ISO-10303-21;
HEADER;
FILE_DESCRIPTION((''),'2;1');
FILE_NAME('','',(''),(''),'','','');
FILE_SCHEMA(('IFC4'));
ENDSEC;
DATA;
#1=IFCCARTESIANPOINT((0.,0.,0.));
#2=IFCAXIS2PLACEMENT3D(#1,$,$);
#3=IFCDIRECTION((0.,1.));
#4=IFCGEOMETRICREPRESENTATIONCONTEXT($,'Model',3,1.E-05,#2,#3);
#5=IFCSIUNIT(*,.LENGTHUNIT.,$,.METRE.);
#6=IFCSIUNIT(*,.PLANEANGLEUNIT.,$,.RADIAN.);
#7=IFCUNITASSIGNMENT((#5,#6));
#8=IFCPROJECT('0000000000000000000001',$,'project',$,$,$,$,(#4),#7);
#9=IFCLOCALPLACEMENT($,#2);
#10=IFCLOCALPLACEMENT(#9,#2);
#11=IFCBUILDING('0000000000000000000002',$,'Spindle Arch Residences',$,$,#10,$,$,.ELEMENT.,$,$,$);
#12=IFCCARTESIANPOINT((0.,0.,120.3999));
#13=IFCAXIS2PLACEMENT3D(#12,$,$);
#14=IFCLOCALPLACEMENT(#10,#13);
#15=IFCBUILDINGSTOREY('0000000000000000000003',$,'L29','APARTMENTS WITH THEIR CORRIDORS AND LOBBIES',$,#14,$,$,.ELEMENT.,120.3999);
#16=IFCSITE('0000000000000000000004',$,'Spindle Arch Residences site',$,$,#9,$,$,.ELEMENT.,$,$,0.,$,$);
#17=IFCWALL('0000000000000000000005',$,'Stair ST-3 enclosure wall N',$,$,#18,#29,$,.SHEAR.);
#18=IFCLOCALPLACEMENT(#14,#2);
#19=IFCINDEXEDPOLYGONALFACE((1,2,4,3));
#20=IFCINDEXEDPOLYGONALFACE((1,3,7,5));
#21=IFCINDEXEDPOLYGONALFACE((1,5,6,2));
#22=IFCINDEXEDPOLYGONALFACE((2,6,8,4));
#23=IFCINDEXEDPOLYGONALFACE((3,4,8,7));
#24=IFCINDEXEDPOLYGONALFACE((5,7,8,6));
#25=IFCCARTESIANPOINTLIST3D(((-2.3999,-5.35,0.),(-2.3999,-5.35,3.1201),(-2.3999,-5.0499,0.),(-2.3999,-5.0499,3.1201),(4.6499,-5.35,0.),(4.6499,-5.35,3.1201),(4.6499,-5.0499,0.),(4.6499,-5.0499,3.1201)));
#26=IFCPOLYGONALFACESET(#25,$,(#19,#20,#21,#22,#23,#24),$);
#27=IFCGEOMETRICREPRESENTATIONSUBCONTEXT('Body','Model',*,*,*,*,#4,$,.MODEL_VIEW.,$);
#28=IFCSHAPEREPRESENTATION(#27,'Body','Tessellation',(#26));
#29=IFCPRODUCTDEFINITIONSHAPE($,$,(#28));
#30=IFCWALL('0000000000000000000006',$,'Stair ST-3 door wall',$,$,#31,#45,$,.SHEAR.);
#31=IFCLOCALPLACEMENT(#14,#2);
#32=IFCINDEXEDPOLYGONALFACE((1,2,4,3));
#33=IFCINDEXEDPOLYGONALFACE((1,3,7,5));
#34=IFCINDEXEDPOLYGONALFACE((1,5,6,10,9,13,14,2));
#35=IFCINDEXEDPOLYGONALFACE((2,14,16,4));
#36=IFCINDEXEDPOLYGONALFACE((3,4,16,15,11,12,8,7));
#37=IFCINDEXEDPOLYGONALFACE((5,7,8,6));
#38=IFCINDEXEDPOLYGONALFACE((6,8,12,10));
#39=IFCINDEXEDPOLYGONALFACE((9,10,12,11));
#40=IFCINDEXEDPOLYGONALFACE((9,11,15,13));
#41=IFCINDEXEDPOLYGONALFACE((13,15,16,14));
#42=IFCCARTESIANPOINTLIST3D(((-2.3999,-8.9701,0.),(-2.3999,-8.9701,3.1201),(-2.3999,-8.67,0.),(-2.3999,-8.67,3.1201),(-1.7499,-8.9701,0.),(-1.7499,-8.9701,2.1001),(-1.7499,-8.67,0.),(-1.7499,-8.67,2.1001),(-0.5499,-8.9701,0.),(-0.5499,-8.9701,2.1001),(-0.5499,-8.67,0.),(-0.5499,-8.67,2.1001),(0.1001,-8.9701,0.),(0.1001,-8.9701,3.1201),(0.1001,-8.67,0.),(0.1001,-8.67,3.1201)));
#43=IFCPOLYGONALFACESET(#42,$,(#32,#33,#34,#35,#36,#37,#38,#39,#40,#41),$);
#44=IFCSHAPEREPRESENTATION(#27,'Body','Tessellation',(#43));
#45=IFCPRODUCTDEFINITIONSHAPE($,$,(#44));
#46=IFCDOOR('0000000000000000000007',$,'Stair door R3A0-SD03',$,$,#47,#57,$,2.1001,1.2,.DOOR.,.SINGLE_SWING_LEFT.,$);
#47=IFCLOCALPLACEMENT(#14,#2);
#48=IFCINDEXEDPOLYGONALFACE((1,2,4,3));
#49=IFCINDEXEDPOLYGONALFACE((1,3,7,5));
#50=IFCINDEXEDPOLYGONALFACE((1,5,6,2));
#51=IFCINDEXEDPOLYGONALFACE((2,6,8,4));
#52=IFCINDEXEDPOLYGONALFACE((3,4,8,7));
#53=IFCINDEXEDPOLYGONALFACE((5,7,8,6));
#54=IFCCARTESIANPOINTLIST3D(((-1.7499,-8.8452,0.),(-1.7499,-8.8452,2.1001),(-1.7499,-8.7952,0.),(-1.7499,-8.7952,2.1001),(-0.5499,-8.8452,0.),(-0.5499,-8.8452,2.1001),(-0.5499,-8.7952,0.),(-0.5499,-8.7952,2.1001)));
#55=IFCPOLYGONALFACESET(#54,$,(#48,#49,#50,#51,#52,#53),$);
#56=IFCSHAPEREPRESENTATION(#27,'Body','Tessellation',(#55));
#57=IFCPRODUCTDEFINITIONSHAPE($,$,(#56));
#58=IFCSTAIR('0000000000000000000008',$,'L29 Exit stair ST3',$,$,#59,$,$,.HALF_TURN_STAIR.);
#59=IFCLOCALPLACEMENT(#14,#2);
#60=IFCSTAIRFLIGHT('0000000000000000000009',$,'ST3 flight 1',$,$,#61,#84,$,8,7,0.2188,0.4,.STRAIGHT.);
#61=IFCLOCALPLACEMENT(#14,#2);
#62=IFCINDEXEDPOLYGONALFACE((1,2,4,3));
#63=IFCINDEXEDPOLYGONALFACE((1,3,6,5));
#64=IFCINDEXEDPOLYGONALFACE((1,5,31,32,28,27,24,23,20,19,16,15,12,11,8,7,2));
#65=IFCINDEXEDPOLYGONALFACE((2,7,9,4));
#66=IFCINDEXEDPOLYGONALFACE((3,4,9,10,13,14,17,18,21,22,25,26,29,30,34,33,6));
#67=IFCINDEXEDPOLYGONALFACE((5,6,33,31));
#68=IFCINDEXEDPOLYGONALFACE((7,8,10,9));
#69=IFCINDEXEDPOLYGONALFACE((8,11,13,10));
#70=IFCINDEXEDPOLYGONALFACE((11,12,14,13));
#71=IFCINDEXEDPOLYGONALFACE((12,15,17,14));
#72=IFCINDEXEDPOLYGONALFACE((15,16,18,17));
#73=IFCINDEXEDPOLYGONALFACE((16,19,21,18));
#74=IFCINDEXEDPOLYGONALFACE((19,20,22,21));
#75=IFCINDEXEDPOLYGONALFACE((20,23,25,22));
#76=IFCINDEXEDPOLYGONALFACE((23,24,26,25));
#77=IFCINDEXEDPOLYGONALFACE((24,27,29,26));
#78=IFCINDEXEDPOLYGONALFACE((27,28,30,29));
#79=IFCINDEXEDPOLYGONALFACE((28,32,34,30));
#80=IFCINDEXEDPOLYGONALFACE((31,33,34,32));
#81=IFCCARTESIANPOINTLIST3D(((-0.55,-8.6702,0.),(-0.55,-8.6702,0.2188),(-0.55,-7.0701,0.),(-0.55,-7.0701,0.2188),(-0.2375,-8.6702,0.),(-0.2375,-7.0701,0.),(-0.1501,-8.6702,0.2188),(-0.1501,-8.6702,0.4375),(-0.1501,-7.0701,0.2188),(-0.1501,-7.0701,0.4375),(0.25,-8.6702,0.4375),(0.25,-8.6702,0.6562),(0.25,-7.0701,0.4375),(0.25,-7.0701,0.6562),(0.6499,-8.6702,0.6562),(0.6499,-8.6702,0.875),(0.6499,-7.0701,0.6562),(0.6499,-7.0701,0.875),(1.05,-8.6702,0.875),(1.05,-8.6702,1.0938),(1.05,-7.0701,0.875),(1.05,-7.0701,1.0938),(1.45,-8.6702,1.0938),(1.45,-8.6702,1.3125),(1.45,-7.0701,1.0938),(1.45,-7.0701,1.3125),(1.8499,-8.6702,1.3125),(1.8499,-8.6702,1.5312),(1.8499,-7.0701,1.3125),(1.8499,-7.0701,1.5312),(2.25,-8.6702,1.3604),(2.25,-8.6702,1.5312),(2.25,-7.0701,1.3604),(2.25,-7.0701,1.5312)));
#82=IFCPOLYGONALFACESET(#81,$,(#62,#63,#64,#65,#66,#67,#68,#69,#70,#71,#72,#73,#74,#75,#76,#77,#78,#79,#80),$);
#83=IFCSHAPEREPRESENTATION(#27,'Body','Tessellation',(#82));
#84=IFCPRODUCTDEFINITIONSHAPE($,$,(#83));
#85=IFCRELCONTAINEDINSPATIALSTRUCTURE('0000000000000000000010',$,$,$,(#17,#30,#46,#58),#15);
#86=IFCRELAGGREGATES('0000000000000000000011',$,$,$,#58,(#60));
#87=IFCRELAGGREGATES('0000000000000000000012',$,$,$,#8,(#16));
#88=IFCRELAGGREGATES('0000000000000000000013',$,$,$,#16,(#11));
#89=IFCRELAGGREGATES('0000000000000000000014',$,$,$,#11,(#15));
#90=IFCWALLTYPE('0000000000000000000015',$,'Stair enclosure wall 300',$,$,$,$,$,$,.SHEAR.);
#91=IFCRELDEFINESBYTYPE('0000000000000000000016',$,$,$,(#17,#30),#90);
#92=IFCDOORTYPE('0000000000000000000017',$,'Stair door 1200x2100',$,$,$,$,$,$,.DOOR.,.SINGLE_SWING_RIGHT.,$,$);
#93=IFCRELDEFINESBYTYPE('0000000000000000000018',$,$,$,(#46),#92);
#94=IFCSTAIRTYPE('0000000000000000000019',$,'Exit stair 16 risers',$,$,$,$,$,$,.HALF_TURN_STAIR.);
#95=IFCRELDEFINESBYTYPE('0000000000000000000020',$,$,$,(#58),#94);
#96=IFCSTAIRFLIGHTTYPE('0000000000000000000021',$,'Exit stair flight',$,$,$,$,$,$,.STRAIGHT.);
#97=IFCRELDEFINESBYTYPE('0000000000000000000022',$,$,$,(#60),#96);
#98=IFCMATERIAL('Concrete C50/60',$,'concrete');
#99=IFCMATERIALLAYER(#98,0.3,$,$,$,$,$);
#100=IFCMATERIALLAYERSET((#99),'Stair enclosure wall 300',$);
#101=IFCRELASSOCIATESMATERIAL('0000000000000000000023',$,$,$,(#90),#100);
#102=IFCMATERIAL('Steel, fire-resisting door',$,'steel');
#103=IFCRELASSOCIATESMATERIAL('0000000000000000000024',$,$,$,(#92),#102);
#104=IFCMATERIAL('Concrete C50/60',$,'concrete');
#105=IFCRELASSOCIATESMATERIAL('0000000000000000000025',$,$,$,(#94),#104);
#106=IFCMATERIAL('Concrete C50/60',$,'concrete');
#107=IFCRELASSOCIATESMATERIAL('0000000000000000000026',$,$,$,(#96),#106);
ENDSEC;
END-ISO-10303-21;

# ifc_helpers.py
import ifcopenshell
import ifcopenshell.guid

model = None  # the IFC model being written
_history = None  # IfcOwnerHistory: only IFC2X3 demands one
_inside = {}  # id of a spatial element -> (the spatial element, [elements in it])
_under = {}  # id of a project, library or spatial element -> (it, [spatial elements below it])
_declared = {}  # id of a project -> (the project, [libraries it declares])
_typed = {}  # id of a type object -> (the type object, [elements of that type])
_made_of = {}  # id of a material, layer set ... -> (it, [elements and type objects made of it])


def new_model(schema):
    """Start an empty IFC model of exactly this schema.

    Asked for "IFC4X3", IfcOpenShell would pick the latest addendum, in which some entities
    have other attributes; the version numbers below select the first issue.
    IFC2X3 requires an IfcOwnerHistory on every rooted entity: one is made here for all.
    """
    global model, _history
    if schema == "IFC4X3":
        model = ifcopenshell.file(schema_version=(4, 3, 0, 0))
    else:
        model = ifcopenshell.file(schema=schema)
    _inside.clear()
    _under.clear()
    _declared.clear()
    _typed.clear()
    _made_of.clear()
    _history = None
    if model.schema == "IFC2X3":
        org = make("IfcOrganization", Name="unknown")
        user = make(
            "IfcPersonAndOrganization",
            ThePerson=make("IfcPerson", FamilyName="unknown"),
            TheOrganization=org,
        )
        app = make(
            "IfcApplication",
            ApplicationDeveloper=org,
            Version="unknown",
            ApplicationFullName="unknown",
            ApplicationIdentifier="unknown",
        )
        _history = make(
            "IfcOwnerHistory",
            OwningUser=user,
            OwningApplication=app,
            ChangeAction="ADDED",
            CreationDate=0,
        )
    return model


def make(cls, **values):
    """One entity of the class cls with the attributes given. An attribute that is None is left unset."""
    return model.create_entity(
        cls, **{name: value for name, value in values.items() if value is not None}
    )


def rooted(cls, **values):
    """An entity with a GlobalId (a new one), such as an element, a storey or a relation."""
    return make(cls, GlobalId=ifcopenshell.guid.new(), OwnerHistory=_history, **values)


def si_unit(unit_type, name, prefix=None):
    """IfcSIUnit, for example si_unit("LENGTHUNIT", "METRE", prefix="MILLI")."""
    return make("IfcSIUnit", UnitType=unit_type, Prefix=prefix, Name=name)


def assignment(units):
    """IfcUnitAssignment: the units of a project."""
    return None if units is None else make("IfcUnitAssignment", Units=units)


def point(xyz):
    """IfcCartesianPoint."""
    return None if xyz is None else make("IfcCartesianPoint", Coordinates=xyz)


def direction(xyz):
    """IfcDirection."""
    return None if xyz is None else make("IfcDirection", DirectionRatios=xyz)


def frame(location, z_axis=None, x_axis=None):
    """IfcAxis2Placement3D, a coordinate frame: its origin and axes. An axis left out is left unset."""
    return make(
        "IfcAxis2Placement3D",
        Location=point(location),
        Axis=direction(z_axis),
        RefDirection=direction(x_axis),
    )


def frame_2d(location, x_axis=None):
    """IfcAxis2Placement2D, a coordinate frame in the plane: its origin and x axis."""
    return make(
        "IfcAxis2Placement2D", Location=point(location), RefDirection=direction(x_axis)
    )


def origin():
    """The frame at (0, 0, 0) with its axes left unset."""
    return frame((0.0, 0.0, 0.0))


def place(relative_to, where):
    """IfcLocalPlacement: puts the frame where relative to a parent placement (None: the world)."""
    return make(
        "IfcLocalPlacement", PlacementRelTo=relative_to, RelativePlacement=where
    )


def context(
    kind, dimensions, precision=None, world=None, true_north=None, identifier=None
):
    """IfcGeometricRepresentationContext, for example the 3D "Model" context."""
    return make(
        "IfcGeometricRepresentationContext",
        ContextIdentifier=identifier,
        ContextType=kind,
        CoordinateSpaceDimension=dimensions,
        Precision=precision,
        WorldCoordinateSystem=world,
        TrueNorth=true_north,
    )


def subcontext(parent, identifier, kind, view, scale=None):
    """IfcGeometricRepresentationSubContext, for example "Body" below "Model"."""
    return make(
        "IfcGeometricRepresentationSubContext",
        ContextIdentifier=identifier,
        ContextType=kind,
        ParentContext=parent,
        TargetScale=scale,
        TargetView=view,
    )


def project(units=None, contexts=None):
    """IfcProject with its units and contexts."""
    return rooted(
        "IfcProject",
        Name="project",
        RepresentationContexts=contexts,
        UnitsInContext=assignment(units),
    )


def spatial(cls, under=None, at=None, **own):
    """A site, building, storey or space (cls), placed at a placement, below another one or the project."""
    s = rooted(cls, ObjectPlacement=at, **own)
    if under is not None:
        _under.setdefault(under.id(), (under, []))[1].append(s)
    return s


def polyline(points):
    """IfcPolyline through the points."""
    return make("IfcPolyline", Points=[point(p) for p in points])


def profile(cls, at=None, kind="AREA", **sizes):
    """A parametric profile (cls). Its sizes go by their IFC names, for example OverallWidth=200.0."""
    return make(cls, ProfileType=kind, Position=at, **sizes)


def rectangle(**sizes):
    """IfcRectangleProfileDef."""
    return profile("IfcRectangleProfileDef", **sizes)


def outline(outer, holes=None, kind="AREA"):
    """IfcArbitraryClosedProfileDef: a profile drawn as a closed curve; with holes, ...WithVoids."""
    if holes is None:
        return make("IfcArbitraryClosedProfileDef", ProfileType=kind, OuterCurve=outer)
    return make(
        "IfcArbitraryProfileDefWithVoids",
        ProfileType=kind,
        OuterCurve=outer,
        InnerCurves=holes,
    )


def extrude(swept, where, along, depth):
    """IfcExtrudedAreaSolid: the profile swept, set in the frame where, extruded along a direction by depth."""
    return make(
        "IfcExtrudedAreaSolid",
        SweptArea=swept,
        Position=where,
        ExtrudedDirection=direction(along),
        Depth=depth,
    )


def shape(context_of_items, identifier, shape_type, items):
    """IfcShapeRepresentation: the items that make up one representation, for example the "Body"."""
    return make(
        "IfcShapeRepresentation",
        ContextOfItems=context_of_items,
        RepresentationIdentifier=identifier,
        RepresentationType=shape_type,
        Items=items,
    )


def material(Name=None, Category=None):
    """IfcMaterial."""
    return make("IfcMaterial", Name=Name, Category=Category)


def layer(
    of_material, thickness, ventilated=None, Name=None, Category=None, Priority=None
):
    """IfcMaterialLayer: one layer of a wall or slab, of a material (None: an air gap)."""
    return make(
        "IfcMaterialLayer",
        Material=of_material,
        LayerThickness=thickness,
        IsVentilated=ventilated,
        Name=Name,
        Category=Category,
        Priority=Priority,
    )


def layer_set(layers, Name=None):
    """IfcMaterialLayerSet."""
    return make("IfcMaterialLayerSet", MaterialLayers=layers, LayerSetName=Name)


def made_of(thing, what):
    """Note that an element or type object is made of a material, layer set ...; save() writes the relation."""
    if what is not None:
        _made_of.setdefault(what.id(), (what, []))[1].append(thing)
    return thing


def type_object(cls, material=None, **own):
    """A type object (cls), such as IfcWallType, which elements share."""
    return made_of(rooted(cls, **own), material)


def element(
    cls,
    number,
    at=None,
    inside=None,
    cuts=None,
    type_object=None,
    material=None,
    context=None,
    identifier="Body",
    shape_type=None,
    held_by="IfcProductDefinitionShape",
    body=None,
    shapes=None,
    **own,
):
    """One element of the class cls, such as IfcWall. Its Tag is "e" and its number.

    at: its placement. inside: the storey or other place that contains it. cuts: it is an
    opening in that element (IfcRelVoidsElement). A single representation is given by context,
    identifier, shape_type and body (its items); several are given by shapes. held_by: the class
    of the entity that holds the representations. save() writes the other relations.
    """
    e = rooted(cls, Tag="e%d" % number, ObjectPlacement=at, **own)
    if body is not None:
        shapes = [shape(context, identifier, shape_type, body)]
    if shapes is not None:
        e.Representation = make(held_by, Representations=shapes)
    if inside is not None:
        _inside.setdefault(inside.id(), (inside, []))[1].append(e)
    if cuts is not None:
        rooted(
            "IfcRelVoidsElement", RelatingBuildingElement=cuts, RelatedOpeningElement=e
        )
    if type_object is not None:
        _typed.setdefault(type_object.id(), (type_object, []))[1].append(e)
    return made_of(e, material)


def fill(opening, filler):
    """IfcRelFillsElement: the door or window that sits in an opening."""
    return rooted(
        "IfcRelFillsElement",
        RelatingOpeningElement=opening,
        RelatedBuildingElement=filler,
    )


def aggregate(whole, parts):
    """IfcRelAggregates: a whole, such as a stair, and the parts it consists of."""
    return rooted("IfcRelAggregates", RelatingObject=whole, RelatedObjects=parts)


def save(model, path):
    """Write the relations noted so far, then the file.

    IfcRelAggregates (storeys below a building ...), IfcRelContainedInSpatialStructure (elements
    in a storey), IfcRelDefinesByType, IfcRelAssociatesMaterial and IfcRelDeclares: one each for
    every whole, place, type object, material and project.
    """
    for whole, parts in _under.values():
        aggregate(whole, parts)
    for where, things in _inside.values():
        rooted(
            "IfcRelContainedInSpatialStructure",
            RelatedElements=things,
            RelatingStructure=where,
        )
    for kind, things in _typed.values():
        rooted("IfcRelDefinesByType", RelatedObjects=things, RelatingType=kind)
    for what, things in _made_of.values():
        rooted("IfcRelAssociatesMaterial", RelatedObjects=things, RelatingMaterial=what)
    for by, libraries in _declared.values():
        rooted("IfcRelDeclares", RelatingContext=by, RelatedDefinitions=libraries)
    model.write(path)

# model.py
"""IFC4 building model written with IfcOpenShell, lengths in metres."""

from ifc_helpers import new_model, si_unit, direction, frame, frame_2d, origin, place, context, subcontext, project, spatial, polyline, rectangle, outline, extrude, material, layer, layer_set, type_object, element, fill, aggregate, save


model = new_model("IFC4")

# Units and contexts
model_context = context("Model", 3, precision=1e-05, world=origin(), true_north=direction((0.0, 1.0)))
body_context = subcontext(model_context, "Body", "Model", "MODEL_VIEW")
ifc_project = project(units=[si_unit("LENGTHUNIT", "METRE"), si_unit("PLANEANGLEUNIT", "RADIAN")], contexts=[model_context])

# Site, building, storey
site_placement = place(None, origin())
site = spatial("IfcSite", under=ifc_project, at=site_placement, Name="Spindle Arch Residences site", CompositionType="ELEMENT", RefElevation=0.0)
building_placement = place(site_placement, origin())
building = spatial("IfcBuilding", under=site, at=building_placement, Name="Spindle Arch Residences", CompositionType="ELEMENT")
storey_placement = place(building_placement, frame((0.0, 0.0, 120.3999)))
storey = spatial("IfcBuildingStorey", under=building, at=storey_placement, Name="L29", Description="APARTMENTS WITH THEIR CORRIDORS AND LOBBIES", CompositionType="ELEMENT", Elevation=120.3999)

# Wall
ifc_material_1 = material(Name="Concrete C50/60", Category="concrete")
ifc_layer_1 = layer(ifc_material_1, 0.3)
ifc_layer_set_1 = layer_set([ifc_layer_1], Name="Stair enclosure wall 300")
wall_type_1 = type_object("IfcWallType", Name="Stair enclosure wall 300", PredefinedType="SHEAR", material=ifc_layer_set_1)
wall_1_placement = place(storey_placement, frame((-2.3999, -5.2, 0.0), z_axis=(0.0, 0.0, 1.0), x_axis=(1.0, 0.0, 0.0)))
element("IfcWall", 1, at=wall_1_placement, inside=storey, type_object=wall_type_1, Name="Stair ST-3 enclosure wall N", PredefinedType="SHEAR", context=body_context, shape_type="SweptSolid", body=[
    extrude(rectangle(XDim=7.0498, YDim=0.3, at=frame_2d((3.5249, 0.0))), origin(), (0.0, 0.0, 1.0), 3.1201),
])

# Wall, opening, door
wall_2_placement = place(storey_placement, frame((-2.3999, -8.8201, 0.0), z_axis=(0.0, 0.0, 1.0), x_axis=(1.0, 0.0, 0.0)))
wall_2 = element("IfcWall", 2, at=wall_2_placement, inside=storey, type_object=wall_type_1, Name="Stair ST-3 door wall", PredefinedType="SHEAR", context=body_context, shape_type="SweptSolid", body=[
    extrude(rectangle(XDim=2.5, YDim=0.3, at=frame_2d((1.25, 0.0))), origin(), (0.0, 0.0, 1.0), 3.1201),
])
opening_1_placement = place(wall_2_placement, frame((0.6499, 0.0, 0.0)))
opening_1 = element("IfcOpeningElement", 3, at=opening_1_placement, cuts=wall_2, PredefinedType="OPENING", context=body_context, shape_type="SweptSolid", body=[
    extrude(rectangle(XDim=1.2, YDim=2.1001, at=frame_2d((0.6001, 1.05))), frame((0.0, 0.1602, 0.0), z_axis=(0.0, -1.0, 0.0), x_axis=(1.0, 0.0, 0.0)), (0.0, 0.0, 1.0), 0.3201),
])
ifc_material_2 = material(Name="Steel, fire-resisting door", Category="steel")
door_type_1 = type_object("IfcDoorType", Name="Stair door 1200x2100", OperationType="SINGLE_SWING_RIGHT", PredefinedType="DOOR", material=ifc_material_2)
door_1_placement = place(opening_1_placement, origin())
door_1 = element("IfcDoor", 4, at=door_1_placement, inside=storey, type_object=door_type_1, Name="Stair door R3A0-SD03", OperationType="SINGLE_SWING_LEFT", OverallHeight=2.1001, OverallWidth=1.2, PredefinedType="DOOR", context=body_context, shape_type="SweptSolid", body=[
    extrude(rectangle(XDim=1.2, YDim=2.1001, at=frame_2d((0.6001, 1.05))), frame((0.0, 0.0249, 0.0), z_axis=(0.0, -1.0, 0.0), x_axis=(1.0, 0.0, 0.0)), (0.0, 0.0, 1.0), 0.05),
])
fill(opening_1, door_1)

# Stair, stair flight
ifc_material_3 = material(Name="Concrete C50/60", Category="concrete")
stair_type = type_object("IfcStairType", Name="Exit stair 16 risers", PredefinedType="HALF_TURN_STAIR", material=ifc_material_3)
stair_placement = place(storey_placement, origin())
stair = element("IfcStair", 5, at=stair_placement, inside=storey, type_object=stair_type, Name="L29 Exit stair ST3", PredefinedType="HALF_TURN_STAIR")
ifc_material_4 = material(Name="Concrete C50/60", Category="concrete")
stair_flight_type = type_object("IfcStairFlightType", Name="Exit stair flight", PredefinedType="STRAIGHT", material=ifc_material_4)
stair_flight_placement = place(storey_placement, frame((-0.55, -7.8701, 0.0), z_axis=(0.0, 0.0, 1.0), x_axis=(1.0, 0.0, 0.0)))
stair_flight = element("IfcStairFlight", 6, at=stair_flight_placement, type_object=stair_flight_type, Name="ST3 flight 1", NumberOfRisers=8, NumberOfTreads=7, PredefinedType="STRAIGHT", RiserHeight=0.2188, TreadLength=0.4, context=body_context, shape_type="SweptSolid", body=[
    extrude(outline(polyline([(0.0, 0.0), (0.0, 0.2188), (0.3999, 0.2188), (0.3999, 0.4375), (0.8, 0.4375), (0.8, 0.6562), (1.2, 0.6562), (1.2, 0.875), (1.6001, 0.875), (1.6001, 1.0938), (2.0, 1.0938), (2.0, 1.3125), (2.3999, 1.3125), (2.3999, 1.5312), (2.8, 1.5312), (2.8, 1.75), (2.8, 1.3604), (0.3125, 0.0), (0.0, 0.0)])), frame((0.0, 0.8, 0.0), z_axis=(0.0, -1.0, 0.0), x_axis=(1.0, 0.0, 0.0)), (0.0, 0.0, 1.0), 1.6001),
])
aggregate(stair, [stair_flight])

save(model, "model.ifc")
